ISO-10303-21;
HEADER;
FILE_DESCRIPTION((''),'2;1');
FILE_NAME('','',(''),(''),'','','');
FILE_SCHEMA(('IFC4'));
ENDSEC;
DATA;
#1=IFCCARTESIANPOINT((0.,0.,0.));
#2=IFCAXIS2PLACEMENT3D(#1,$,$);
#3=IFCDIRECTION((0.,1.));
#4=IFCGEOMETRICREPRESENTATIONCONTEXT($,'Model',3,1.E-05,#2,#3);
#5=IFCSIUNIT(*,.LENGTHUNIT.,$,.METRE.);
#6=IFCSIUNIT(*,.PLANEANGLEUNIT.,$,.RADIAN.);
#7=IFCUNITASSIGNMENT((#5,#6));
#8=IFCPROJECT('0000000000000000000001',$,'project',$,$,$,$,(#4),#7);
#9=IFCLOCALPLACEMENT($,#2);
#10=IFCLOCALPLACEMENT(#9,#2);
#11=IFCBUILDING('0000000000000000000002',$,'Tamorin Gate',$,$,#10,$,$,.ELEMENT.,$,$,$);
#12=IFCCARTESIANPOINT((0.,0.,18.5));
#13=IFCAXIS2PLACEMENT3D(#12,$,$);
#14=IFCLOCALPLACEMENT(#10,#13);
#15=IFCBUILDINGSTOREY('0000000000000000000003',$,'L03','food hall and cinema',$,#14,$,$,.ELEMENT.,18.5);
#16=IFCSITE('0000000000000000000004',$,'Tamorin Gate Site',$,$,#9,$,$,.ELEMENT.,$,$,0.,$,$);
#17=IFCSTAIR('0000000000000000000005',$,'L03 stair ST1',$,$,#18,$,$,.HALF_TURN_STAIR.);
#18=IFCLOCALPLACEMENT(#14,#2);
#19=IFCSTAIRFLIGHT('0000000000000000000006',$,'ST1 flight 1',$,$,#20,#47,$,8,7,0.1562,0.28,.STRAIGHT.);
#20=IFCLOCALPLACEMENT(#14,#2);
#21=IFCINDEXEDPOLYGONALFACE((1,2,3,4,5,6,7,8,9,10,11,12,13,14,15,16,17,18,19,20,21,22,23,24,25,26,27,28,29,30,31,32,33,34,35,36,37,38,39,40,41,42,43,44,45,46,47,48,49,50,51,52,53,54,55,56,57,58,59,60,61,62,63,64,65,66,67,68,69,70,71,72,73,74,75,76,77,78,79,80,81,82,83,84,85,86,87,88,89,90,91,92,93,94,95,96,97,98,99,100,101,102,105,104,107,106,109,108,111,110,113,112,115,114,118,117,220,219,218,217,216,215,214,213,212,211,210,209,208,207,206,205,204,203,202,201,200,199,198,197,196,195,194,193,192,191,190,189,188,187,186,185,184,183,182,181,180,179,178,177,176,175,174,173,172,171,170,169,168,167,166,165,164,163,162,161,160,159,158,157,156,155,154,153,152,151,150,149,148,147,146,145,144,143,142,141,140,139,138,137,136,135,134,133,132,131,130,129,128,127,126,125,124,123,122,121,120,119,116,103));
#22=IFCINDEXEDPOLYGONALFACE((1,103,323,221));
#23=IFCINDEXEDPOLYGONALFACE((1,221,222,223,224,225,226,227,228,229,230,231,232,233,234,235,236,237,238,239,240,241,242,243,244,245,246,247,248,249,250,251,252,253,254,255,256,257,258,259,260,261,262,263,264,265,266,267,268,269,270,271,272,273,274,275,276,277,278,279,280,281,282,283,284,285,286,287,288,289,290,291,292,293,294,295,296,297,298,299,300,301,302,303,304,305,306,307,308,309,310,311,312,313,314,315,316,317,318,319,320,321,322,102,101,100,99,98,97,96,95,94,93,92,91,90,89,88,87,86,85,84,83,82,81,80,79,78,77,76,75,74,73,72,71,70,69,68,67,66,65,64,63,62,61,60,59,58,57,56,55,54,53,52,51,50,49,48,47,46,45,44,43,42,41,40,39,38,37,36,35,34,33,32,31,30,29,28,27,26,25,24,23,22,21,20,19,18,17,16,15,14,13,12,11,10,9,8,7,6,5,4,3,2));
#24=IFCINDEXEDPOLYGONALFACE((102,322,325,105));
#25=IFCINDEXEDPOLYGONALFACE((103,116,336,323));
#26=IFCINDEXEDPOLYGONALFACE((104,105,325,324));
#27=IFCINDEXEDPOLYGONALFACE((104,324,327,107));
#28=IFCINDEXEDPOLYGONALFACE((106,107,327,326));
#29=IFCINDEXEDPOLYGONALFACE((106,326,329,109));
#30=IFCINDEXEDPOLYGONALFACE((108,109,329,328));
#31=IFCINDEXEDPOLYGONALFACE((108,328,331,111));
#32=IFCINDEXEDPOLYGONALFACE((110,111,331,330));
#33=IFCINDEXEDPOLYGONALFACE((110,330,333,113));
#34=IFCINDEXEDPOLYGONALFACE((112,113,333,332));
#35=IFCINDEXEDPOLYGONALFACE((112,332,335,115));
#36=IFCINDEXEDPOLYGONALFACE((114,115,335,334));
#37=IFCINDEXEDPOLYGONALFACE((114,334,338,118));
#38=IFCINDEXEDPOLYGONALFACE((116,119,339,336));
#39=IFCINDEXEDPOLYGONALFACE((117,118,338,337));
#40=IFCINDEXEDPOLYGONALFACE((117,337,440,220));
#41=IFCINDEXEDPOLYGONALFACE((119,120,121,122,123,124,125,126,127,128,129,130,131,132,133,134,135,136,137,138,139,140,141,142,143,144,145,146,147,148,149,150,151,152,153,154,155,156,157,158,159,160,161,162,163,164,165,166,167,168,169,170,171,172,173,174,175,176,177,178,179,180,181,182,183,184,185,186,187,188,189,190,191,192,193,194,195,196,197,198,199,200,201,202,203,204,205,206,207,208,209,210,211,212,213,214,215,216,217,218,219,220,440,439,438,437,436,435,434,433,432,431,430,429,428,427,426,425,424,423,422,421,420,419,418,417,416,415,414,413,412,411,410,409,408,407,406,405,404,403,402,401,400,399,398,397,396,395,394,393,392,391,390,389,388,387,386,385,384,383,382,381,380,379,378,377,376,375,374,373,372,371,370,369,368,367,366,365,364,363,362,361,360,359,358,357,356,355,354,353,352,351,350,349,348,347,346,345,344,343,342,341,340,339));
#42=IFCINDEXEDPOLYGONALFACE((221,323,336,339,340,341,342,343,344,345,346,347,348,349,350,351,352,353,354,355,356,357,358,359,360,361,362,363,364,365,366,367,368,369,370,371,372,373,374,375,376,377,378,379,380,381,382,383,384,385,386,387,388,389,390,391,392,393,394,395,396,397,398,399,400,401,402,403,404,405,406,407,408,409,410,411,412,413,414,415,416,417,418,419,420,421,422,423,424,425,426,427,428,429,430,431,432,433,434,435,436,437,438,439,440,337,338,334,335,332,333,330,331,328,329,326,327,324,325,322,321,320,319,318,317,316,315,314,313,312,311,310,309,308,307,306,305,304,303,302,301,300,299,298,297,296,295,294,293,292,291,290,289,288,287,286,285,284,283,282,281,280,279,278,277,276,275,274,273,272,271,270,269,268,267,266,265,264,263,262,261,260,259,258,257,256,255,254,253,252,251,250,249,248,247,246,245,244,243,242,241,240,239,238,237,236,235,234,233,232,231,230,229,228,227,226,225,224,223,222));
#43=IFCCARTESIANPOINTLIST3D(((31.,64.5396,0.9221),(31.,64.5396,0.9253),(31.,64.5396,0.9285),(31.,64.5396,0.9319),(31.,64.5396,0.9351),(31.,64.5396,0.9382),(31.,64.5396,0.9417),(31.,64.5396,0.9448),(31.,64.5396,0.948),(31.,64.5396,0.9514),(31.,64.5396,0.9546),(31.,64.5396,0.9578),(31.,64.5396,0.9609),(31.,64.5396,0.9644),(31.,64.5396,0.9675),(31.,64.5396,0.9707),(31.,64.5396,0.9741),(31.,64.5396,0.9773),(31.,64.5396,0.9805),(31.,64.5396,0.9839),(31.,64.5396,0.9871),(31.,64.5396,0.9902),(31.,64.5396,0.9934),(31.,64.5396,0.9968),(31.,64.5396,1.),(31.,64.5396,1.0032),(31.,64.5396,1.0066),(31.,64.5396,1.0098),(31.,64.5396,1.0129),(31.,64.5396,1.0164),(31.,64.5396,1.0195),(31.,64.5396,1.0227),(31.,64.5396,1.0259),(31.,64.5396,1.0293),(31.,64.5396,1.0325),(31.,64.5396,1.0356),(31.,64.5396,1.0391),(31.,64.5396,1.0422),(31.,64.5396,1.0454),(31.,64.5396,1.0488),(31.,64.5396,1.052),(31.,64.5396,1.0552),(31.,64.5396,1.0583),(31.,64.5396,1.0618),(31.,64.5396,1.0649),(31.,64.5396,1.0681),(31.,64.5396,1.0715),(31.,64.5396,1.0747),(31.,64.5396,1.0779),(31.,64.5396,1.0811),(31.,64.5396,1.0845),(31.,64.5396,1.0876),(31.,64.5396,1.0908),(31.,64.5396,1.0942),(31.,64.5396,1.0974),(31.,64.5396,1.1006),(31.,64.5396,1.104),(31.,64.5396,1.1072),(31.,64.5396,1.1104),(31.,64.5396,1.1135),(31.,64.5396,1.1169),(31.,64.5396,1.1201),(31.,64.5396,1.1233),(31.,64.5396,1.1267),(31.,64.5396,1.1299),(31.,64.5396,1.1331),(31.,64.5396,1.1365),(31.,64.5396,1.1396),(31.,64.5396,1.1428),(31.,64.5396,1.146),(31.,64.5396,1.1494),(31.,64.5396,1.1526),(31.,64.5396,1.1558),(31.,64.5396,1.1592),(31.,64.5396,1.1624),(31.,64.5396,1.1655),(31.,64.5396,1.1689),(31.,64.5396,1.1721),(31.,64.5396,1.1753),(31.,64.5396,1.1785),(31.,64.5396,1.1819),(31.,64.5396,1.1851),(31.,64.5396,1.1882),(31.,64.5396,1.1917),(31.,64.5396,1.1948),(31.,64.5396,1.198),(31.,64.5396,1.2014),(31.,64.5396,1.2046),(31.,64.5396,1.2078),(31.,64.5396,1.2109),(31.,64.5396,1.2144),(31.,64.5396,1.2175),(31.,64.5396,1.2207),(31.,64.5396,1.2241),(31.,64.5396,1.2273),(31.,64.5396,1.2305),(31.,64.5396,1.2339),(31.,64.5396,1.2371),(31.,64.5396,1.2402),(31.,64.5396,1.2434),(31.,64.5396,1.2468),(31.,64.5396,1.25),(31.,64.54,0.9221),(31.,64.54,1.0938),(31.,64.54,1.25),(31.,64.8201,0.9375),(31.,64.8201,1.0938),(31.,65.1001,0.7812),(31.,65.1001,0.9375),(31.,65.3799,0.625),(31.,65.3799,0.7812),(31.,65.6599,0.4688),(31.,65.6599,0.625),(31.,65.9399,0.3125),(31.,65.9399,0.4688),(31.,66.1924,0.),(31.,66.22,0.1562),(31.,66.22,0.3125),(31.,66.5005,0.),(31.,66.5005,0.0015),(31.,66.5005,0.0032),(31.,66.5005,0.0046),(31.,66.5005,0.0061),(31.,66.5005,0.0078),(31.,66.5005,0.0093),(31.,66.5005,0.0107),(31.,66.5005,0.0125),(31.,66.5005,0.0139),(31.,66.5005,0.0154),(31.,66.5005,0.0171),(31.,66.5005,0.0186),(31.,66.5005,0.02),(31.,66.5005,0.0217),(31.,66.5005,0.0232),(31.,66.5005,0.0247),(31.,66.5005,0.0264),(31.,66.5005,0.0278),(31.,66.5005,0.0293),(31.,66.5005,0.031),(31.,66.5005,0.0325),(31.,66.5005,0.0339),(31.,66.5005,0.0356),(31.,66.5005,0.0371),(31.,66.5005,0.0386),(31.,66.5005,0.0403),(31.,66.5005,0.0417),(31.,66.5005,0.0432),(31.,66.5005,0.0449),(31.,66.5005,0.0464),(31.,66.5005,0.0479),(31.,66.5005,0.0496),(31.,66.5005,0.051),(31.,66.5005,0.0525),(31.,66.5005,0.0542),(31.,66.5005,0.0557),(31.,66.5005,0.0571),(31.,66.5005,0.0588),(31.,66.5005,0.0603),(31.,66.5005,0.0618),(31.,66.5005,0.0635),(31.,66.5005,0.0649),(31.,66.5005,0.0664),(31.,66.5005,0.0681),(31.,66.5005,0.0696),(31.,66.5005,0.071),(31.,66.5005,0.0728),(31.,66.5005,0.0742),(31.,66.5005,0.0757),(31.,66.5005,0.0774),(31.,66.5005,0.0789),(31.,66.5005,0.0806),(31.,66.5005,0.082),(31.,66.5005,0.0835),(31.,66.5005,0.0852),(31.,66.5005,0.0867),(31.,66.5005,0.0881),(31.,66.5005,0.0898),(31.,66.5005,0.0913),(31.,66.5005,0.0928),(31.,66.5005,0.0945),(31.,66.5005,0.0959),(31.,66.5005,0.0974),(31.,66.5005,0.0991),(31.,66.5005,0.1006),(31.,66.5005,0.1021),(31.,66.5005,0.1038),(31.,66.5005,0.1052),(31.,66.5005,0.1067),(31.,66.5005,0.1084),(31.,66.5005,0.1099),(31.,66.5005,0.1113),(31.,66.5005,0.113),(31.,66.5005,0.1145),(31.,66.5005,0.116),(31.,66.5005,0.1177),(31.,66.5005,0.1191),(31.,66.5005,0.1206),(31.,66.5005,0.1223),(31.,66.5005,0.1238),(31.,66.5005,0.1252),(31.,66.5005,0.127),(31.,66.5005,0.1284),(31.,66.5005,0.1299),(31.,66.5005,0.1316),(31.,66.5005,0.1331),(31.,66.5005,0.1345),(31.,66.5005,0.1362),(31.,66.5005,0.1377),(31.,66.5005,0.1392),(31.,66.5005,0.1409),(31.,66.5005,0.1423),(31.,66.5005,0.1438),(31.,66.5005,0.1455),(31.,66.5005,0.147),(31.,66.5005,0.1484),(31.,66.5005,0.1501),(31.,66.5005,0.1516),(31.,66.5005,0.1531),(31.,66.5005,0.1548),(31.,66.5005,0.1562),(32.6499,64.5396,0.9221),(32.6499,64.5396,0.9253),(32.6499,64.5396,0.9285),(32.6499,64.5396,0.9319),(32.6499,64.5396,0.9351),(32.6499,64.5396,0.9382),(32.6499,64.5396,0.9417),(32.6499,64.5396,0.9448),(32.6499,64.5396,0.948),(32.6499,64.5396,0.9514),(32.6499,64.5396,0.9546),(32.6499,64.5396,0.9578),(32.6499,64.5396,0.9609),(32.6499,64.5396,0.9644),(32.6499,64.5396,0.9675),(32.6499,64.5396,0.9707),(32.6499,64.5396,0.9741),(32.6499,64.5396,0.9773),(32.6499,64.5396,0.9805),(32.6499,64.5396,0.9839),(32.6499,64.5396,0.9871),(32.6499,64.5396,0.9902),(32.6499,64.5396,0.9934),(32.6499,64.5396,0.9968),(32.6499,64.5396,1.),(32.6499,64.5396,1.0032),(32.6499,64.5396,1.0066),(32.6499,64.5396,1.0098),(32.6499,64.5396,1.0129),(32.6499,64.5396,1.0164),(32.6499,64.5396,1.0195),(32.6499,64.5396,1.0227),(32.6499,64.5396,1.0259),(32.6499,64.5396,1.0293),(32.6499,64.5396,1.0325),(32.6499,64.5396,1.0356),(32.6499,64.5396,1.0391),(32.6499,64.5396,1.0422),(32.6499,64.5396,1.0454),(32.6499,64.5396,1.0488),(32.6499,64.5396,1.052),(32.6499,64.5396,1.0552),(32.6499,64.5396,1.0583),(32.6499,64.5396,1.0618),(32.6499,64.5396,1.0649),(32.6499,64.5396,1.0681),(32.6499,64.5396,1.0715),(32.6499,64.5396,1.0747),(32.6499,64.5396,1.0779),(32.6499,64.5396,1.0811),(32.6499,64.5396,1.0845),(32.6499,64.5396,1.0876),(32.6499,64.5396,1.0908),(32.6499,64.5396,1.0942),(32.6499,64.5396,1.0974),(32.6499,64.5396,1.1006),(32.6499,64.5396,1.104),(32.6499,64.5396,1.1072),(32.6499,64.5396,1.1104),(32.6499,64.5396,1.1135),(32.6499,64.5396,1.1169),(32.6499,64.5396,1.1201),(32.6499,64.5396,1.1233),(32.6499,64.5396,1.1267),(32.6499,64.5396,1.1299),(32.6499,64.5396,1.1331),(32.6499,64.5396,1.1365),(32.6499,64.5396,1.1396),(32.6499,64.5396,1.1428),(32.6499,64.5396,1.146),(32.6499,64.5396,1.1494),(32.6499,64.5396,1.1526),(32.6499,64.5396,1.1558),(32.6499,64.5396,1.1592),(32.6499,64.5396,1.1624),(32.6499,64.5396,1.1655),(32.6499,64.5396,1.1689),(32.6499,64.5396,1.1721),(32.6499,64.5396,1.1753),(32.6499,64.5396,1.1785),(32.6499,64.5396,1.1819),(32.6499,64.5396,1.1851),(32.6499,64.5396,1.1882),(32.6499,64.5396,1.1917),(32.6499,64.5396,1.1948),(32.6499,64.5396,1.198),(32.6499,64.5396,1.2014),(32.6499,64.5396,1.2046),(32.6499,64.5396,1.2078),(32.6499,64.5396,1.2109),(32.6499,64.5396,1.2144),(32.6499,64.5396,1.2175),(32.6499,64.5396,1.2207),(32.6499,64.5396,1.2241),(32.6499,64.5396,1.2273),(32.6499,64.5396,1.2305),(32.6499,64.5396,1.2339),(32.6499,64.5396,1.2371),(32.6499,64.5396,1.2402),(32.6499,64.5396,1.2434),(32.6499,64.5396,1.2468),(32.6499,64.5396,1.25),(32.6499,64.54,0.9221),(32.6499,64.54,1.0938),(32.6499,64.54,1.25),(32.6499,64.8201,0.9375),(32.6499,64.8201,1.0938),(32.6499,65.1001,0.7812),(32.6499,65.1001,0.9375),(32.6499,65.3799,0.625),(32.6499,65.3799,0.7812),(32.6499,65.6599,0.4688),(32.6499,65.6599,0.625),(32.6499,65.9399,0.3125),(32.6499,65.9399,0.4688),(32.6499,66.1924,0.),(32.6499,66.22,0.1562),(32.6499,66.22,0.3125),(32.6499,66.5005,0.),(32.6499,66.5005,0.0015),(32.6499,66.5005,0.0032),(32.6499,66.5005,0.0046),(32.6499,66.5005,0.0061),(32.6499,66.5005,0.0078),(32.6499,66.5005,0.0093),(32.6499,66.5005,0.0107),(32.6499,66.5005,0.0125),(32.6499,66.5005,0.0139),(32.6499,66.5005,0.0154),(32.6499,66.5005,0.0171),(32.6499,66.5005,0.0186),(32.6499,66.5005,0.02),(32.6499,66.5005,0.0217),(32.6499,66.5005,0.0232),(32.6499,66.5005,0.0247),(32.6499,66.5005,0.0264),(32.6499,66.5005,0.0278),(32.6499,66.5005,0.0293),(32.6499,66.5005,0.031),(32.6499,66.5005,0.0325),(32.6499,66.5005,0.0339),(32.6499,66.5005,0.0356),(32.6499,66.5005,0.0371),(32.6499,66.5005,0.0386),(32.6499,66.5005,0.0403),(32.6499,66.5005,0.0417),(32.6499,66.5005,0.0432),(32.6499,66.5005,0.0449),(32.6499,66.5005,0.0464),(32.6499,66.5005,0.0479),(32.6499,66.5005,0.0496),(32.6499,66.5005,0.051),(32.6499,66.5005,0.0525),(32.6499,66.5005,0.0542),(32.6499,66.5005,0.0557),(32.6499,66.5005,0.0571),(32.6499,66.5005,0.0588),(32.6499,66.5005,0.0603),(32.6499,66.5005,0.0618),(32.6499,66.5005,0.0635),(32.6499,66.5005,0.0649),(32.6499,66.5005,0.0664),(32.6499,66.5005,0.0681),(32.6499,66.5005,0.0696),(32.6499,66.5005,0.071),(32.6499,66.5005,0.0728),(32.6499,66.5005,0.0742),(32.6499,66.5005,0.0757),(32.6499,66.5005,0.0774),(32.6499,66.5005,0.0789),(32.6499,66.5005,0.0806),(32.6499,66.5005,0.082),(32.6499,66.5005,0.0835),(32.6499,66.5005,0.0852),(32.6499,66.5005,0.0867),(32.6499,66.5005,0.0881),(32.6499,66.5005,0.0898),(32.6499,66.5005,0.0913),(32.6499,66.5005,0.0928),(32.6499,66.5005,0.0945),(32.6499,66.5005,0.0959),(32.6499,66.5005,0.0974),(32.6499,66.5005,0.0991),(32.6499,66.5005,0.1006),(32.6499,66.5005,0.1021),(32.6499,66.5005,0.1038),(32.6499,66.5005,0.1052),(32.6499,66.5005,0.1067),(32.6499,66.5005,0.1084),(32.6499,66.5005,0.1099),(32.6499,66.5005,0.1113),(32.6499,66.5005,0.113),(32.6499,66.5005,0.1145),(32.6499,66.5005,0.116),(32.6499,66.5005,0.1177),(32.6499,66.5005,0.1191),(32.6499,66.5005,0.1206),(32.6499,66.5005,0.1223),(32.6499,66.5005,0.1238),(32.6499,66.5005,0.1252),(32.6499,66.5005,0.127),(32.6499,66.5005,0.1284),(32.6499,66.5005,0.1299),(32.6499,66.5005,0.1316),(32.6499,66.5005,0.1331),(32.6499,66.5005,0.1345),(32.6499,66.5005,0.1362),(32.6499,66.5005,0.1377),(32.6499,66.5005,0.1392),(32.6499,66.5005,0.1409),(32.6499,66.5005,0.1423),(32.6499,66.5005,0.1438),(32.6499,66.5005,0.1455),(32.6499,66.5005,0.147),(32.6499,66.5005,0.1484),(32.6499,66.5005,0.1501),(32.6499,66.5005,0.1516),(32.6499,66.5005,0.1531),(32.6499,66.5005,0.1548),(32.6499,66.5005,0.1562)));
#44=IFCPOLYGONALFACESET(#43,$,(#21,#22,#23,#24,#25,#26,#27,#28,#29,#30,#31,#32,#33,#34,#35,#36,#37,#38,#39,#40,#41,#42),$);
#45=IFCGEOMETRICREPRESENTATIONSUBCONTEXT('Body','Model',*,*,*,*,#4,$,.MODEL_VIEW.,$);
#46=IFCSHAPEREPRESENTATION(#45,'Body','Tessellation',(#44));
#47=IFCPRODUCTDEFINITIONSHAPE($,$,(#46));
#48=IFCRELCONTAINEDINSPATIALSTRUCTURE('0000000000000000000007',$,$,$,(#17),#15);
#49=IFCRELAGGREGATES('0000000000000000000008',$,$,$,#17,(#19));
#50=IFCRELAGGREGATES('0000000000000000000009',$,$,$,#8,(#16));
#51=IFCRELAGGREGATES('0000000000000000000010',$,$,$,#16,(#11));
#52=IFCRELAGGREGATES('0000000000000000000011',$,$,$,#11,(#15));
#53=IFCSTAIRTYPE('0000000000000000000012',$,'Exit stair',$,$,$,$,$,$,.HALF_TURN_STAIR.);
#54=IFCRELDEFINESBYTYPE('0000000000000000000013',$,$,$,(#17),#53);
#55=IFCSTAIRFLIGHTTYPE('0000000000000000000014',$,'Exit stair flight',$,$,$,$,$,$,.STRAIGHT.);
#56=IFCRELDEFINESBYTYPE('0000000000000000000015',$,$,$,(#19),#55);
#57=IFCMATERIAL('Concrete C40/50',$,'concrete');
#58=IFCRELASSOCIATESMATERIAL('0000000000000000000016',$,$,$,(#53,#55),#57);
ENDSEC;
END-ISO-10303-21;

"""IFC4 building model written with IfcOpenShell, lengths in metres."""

from ifc_helpers import new_model, si_unit, direction, frame, origin, place, context, subcontext, project, spatial, polyline, outline, extrude, material, type_object, element, aggregate, save


model = new_model("IFC4")

# Units and contexts
model_context = context("Model", 3, precision=1e-05, world=origin(), true_north=direction((0.0, 1.0)))
body_context = subcontext(model_context, "Body", "Model", "MODEL_VIEW")
ifc_project = project(units=[si_unit("LENGTHUNIT", "METRE"), si_unit("PLANEANGLEUNIT", "RADIAN")], contexts=[model_context])

# Site, building, storey
site_placement = place(None, origin())
site = spatial("IfcSite", under=ifc_project, at=site_placement, Name="Tamorin Gate Site", CompositionType="ELEMENT", RefElevation=0.0)
building_placement = place(site_placement, origin())
building = spatial("IfcBuilding", under=site, at=building_placement, Name="Tamorin Gate", CompositionType="ELEMENT")
storey_placement = place(building_placement, frame((0.0, 0.0, 18.5)))
storey = spatial("IfcBuildingStorey", under=building, at=storey_placement, Name="L03", Description="food hall and cinema", CompositionType="ELEMENT", Elevation=18.5)

# Shared definitions
ifc_material_1 = material(Name="Concrete C40/50", Category="concrete")

# Stair, stair flight
stair_type = type_object("IfcStairType", Name="Exit stair", PredefinedType="HALF_TURN_STAIR", material=ifc_material_1)
stair_1_placement = place(storey_placement, origin())
stair_1 = element("IfcStair", 1, at=stair_1_placement, inside=storey, type_object=stair_type, Name="L03 stair ST1", PredefinedType="HALF_TURN_STAIR")
stair_flight_type = type_object("IfcStairFlightType", Name="Exit stair flight", PredefinedType="STRAIGHT", material=ifc_material_1)
stair_flight_1_placement = place(storey_placement, frame((31.825, 66.5, 0.0), z_axis=(0.0, 0.0, 1.0), x_axis=(0.0, -1.0, 0.0)))
stair_flight_1 = element("IfcStairFlight", 2, at=stair_flight_1_placement, type_object=stair_flight_type, Name="ST1 flight 1", NumberOfRisers=8, NumberOfTreads=7, PredefinedType="STRAIGHT", RiserHeight=0.1562, TreadLength=0.28, context=body_context, shape_type="SweptSolid", body=[
    extrude(outline(polyline([(-0.0005, 0.0), (-0.0005, 0.0015), (-0.0005, 0.0032), (-0.0005, 0.0046), (-0.0005, 0.0061), (-0.0005, 0.0078), (-0.0005, 0.0093), (-0.0005, 0.0107), (-0.0005, 0.0125), (-0.0005, 0.0139), (-0.0005, 0.0154), (-0.0005, 0.0171), (-0.0005, 0.0186), (-0.0005, 0.02), (-0.0005, 0.0217), (-0.0005, 0.0232), (-0.0005, 0.0247), (-0.0005, 0.0264), (-0.0005, 0.0278), (-0.0005, 0.0293), (-0.0005, 0.031), (-0.0005, 0.0325), (-0.0005, 0.0339), (-0.0005, 0.0356), (-0.0005, 0.0371), (-0.0005, 0.0386), (-0.0005, 0.0403), (-0.0005, 0.0417), (-0.0005, 0.0432), (-0.0005, 0.0449), (-0.0005, 0.0464), (-0.0005, 0.0479), (-0.0005, 0.0496), (-0.0005, 0.051), (-0.0005, 0.0525), (-0.0005, 0.0542), (-0.0005, 0.0557), (-0.0005, 0.0571), (-0.0005, 0.0588), (-0.0005, 0.0603), (-0.0005, 0.0618), (-0.0005, 0.0635), (-0.0005, 0.0649), (-0.0005, 0.0664), (-0.0005, 0.0681), (-0.0005, 0.0696), (-0.0005, 0.071), (-0.0005, 0.0728), (-0.0005, 0.0742), (-0.0005, 0.0757), (-0.0005, 0.0774), (-0.0005, 0.0789), (-0.0005, 0.0806), (-0.0005, 0.082), (-0.0005, 0.0835), (-0.0005, 0.0852), (-0.0005, 0.0867), (-0.0005, 0.0881), (-0.0005, 0.0898), (-0.0005, 0.0913), (-0.0005, 0.0928), (-0.0005, 0.0945), (-0.0005, 0.0959), (-0.0005, 0.0974), (-0.0005, 0.0991), (-0.0005, 0.1006), (-0.0005, 0.1021), (-0.0005, 0.1038), (-0.0005, 0.1052), (-0.0005, 0.1067), (-0.0005, 0.1084), (-0.0005, 0.1099), (-0.0005, 0.1113), (-0.0005, 0.113), (-0.0005, 0.1145), (-0.0005, 0.116), (-0.0005, 0.1177), (-0.0005, 0.1191), (-0.0005, 0.1206), (-0.0005, 0.1223), (-0.0005, 0.1238), (-0.0005, 0.1252), (-0.0005, 0.127), (-0.0005, 0.1284), (-0.0005, 0.1299), (-0.0005, 0.1316), (-0.0005, 0.1331), (-0.0005, 0.1345), (-0.0005, 0.1362), (-0.0005, 0.1377), (-0.0005, 0.1392), (-0.0005, 0.1409), (-0.0005, 0.1423), (-0.0005, 0.1438), (-0.0005, 0.1455), (-0.0005, 0.147), (-0.0005, 0.1484), (-0.0005, 0.1501), (-0.0005, 0.1516), (-0.0005, 0.1531), (-0.0005, 0.1548), (-0.0005, 0.1562), (0.28, 0.1562), (0.28, 0.3125), (0.5601, 0.3125), (0.5601, 0.4688), (0.8401, 0.4688), (0.8401, 0.625), (1.1201, 0.625), (1.1201, 0.7812), (1.3999, 0.7812), (1.3999, 0.9375), (1.6799, 0.9375), (1.6799, 1.0938), (1.96, 1.0938), (1.96, 1.25), (1.9604, 1.25), (1.9604, 1.2468), (1.9604, 1.2434), (1.9604, 1.2402), (1.9604, 1.2371), (1.9604, 1.2339), (1.9604, 1.2305), (1.9604, 1.2273), (1.9604, 1.2241), (1.9604, 1.2207), (1.9604, 1.2175), (1.9604, 1.2144), (1.9604, 1.2109), (1.9604, 1.2078), (1.9604, 1.2046), (1.9604, 1.2014), (1.9604, 1.198), (1.9604, 1.1948), (1.9604, 1.1917), (1.9604, 1.1882), (1.9604, 1.1851), (1.9604, 1.1819), (1.9604, 1.1785), (1.9604, 1.1753), (1.9604, 1.1721), (1.9604, 1.1689), (1.9604, 1.1655), (1.9604, 1.1624), (1.9604, 1.1592), (1.9604, 1.1558), (1.9604, 1.1526), (1.9604, 1.1494), (1.9604, 1.146), (1.9604, 1.1428), (1.9604, 1.1396), (1.9604, 1.1365), (1.9604, 1.1331), (1.9604, 1.1299), (1.9604, 1.1267), (1.9604, 1.1233), (1.9604, 1.1201), (1.9604, 1.1169), (1.9604, 1.1135), (1.9604, 1.1104), (1.9604, 1.1072), (1.9604, 1.104), (1.9604, 1.1006), (1.9604, 1.0974), (1.9604, 1.0942), (1.9604, 1.0908), (1.9604, 1.0876), (1.9604, 1.0845), (1.9604, 1.0811), (1.9604, 1.0779), (1.9604, 1.0747), (1.9604, 1.0715), (1.9604, 1.0681), (1.9604, 1.0649), (1.9604, 1.0618), (1.9604, 1.0583), (1.9604, 1.0552), (1.9604, 1.052), (1.9604, 1.0488), (1.9604, 1.0454), (1.9604, 1.0422), (1.9604, 1.0391), (1.9604, 1.0356), (1.9604, 1.0325), (1.9604, 1.0293), (1.9604, 1.0259), (1.9604, 1.0227), (1.9604, 1.0195), (1.9604, 1.0164), (1.9604, 1.0129), (1.9604, 1.0098), (1.9604, 1.0066), (1.9604, 1.0032), (1.9604, 1.0), (1.9604, 0.9968), (1.9604, 0.9934), (1.9604, 0.9902), (1.9604, 0.9871), (1.9604, 0.9839), (1.9604, 0.9805), (1.9604, 0.9773), (1.9604, 0.9741), (1.9604, 0.9707), (1.9604, 0.9675), (1.9604, 0.9644), (1.9604, 0.9609), (1.9604, 0.9578), (1.9604, 0.9546), (1.9604, 0.9514), (1.9604, 0.948), (1.9604, 0.9448), (1.9604, 0.9417), (1.9604, 0.9382), (1.9604, 0.9351), (1.9604, 0.9319), (1.9604, 0.9285), (1.9604, 0.9253), (1.9604, 0.9221), (1.96, 0.9221), (0.3076, 0.0), (-0.0005, 0.0)])), frame((0.0, 0.825, 0.0), z_axis=(0.0, -1.0, 0.0), x_axis=(1.0, 0.0, 0.0)), (0.0, 0.0, 1.0), 1.6499),
])
aggregate(stair_1, [stair_flight_1])

save(model, "model.ifc")
